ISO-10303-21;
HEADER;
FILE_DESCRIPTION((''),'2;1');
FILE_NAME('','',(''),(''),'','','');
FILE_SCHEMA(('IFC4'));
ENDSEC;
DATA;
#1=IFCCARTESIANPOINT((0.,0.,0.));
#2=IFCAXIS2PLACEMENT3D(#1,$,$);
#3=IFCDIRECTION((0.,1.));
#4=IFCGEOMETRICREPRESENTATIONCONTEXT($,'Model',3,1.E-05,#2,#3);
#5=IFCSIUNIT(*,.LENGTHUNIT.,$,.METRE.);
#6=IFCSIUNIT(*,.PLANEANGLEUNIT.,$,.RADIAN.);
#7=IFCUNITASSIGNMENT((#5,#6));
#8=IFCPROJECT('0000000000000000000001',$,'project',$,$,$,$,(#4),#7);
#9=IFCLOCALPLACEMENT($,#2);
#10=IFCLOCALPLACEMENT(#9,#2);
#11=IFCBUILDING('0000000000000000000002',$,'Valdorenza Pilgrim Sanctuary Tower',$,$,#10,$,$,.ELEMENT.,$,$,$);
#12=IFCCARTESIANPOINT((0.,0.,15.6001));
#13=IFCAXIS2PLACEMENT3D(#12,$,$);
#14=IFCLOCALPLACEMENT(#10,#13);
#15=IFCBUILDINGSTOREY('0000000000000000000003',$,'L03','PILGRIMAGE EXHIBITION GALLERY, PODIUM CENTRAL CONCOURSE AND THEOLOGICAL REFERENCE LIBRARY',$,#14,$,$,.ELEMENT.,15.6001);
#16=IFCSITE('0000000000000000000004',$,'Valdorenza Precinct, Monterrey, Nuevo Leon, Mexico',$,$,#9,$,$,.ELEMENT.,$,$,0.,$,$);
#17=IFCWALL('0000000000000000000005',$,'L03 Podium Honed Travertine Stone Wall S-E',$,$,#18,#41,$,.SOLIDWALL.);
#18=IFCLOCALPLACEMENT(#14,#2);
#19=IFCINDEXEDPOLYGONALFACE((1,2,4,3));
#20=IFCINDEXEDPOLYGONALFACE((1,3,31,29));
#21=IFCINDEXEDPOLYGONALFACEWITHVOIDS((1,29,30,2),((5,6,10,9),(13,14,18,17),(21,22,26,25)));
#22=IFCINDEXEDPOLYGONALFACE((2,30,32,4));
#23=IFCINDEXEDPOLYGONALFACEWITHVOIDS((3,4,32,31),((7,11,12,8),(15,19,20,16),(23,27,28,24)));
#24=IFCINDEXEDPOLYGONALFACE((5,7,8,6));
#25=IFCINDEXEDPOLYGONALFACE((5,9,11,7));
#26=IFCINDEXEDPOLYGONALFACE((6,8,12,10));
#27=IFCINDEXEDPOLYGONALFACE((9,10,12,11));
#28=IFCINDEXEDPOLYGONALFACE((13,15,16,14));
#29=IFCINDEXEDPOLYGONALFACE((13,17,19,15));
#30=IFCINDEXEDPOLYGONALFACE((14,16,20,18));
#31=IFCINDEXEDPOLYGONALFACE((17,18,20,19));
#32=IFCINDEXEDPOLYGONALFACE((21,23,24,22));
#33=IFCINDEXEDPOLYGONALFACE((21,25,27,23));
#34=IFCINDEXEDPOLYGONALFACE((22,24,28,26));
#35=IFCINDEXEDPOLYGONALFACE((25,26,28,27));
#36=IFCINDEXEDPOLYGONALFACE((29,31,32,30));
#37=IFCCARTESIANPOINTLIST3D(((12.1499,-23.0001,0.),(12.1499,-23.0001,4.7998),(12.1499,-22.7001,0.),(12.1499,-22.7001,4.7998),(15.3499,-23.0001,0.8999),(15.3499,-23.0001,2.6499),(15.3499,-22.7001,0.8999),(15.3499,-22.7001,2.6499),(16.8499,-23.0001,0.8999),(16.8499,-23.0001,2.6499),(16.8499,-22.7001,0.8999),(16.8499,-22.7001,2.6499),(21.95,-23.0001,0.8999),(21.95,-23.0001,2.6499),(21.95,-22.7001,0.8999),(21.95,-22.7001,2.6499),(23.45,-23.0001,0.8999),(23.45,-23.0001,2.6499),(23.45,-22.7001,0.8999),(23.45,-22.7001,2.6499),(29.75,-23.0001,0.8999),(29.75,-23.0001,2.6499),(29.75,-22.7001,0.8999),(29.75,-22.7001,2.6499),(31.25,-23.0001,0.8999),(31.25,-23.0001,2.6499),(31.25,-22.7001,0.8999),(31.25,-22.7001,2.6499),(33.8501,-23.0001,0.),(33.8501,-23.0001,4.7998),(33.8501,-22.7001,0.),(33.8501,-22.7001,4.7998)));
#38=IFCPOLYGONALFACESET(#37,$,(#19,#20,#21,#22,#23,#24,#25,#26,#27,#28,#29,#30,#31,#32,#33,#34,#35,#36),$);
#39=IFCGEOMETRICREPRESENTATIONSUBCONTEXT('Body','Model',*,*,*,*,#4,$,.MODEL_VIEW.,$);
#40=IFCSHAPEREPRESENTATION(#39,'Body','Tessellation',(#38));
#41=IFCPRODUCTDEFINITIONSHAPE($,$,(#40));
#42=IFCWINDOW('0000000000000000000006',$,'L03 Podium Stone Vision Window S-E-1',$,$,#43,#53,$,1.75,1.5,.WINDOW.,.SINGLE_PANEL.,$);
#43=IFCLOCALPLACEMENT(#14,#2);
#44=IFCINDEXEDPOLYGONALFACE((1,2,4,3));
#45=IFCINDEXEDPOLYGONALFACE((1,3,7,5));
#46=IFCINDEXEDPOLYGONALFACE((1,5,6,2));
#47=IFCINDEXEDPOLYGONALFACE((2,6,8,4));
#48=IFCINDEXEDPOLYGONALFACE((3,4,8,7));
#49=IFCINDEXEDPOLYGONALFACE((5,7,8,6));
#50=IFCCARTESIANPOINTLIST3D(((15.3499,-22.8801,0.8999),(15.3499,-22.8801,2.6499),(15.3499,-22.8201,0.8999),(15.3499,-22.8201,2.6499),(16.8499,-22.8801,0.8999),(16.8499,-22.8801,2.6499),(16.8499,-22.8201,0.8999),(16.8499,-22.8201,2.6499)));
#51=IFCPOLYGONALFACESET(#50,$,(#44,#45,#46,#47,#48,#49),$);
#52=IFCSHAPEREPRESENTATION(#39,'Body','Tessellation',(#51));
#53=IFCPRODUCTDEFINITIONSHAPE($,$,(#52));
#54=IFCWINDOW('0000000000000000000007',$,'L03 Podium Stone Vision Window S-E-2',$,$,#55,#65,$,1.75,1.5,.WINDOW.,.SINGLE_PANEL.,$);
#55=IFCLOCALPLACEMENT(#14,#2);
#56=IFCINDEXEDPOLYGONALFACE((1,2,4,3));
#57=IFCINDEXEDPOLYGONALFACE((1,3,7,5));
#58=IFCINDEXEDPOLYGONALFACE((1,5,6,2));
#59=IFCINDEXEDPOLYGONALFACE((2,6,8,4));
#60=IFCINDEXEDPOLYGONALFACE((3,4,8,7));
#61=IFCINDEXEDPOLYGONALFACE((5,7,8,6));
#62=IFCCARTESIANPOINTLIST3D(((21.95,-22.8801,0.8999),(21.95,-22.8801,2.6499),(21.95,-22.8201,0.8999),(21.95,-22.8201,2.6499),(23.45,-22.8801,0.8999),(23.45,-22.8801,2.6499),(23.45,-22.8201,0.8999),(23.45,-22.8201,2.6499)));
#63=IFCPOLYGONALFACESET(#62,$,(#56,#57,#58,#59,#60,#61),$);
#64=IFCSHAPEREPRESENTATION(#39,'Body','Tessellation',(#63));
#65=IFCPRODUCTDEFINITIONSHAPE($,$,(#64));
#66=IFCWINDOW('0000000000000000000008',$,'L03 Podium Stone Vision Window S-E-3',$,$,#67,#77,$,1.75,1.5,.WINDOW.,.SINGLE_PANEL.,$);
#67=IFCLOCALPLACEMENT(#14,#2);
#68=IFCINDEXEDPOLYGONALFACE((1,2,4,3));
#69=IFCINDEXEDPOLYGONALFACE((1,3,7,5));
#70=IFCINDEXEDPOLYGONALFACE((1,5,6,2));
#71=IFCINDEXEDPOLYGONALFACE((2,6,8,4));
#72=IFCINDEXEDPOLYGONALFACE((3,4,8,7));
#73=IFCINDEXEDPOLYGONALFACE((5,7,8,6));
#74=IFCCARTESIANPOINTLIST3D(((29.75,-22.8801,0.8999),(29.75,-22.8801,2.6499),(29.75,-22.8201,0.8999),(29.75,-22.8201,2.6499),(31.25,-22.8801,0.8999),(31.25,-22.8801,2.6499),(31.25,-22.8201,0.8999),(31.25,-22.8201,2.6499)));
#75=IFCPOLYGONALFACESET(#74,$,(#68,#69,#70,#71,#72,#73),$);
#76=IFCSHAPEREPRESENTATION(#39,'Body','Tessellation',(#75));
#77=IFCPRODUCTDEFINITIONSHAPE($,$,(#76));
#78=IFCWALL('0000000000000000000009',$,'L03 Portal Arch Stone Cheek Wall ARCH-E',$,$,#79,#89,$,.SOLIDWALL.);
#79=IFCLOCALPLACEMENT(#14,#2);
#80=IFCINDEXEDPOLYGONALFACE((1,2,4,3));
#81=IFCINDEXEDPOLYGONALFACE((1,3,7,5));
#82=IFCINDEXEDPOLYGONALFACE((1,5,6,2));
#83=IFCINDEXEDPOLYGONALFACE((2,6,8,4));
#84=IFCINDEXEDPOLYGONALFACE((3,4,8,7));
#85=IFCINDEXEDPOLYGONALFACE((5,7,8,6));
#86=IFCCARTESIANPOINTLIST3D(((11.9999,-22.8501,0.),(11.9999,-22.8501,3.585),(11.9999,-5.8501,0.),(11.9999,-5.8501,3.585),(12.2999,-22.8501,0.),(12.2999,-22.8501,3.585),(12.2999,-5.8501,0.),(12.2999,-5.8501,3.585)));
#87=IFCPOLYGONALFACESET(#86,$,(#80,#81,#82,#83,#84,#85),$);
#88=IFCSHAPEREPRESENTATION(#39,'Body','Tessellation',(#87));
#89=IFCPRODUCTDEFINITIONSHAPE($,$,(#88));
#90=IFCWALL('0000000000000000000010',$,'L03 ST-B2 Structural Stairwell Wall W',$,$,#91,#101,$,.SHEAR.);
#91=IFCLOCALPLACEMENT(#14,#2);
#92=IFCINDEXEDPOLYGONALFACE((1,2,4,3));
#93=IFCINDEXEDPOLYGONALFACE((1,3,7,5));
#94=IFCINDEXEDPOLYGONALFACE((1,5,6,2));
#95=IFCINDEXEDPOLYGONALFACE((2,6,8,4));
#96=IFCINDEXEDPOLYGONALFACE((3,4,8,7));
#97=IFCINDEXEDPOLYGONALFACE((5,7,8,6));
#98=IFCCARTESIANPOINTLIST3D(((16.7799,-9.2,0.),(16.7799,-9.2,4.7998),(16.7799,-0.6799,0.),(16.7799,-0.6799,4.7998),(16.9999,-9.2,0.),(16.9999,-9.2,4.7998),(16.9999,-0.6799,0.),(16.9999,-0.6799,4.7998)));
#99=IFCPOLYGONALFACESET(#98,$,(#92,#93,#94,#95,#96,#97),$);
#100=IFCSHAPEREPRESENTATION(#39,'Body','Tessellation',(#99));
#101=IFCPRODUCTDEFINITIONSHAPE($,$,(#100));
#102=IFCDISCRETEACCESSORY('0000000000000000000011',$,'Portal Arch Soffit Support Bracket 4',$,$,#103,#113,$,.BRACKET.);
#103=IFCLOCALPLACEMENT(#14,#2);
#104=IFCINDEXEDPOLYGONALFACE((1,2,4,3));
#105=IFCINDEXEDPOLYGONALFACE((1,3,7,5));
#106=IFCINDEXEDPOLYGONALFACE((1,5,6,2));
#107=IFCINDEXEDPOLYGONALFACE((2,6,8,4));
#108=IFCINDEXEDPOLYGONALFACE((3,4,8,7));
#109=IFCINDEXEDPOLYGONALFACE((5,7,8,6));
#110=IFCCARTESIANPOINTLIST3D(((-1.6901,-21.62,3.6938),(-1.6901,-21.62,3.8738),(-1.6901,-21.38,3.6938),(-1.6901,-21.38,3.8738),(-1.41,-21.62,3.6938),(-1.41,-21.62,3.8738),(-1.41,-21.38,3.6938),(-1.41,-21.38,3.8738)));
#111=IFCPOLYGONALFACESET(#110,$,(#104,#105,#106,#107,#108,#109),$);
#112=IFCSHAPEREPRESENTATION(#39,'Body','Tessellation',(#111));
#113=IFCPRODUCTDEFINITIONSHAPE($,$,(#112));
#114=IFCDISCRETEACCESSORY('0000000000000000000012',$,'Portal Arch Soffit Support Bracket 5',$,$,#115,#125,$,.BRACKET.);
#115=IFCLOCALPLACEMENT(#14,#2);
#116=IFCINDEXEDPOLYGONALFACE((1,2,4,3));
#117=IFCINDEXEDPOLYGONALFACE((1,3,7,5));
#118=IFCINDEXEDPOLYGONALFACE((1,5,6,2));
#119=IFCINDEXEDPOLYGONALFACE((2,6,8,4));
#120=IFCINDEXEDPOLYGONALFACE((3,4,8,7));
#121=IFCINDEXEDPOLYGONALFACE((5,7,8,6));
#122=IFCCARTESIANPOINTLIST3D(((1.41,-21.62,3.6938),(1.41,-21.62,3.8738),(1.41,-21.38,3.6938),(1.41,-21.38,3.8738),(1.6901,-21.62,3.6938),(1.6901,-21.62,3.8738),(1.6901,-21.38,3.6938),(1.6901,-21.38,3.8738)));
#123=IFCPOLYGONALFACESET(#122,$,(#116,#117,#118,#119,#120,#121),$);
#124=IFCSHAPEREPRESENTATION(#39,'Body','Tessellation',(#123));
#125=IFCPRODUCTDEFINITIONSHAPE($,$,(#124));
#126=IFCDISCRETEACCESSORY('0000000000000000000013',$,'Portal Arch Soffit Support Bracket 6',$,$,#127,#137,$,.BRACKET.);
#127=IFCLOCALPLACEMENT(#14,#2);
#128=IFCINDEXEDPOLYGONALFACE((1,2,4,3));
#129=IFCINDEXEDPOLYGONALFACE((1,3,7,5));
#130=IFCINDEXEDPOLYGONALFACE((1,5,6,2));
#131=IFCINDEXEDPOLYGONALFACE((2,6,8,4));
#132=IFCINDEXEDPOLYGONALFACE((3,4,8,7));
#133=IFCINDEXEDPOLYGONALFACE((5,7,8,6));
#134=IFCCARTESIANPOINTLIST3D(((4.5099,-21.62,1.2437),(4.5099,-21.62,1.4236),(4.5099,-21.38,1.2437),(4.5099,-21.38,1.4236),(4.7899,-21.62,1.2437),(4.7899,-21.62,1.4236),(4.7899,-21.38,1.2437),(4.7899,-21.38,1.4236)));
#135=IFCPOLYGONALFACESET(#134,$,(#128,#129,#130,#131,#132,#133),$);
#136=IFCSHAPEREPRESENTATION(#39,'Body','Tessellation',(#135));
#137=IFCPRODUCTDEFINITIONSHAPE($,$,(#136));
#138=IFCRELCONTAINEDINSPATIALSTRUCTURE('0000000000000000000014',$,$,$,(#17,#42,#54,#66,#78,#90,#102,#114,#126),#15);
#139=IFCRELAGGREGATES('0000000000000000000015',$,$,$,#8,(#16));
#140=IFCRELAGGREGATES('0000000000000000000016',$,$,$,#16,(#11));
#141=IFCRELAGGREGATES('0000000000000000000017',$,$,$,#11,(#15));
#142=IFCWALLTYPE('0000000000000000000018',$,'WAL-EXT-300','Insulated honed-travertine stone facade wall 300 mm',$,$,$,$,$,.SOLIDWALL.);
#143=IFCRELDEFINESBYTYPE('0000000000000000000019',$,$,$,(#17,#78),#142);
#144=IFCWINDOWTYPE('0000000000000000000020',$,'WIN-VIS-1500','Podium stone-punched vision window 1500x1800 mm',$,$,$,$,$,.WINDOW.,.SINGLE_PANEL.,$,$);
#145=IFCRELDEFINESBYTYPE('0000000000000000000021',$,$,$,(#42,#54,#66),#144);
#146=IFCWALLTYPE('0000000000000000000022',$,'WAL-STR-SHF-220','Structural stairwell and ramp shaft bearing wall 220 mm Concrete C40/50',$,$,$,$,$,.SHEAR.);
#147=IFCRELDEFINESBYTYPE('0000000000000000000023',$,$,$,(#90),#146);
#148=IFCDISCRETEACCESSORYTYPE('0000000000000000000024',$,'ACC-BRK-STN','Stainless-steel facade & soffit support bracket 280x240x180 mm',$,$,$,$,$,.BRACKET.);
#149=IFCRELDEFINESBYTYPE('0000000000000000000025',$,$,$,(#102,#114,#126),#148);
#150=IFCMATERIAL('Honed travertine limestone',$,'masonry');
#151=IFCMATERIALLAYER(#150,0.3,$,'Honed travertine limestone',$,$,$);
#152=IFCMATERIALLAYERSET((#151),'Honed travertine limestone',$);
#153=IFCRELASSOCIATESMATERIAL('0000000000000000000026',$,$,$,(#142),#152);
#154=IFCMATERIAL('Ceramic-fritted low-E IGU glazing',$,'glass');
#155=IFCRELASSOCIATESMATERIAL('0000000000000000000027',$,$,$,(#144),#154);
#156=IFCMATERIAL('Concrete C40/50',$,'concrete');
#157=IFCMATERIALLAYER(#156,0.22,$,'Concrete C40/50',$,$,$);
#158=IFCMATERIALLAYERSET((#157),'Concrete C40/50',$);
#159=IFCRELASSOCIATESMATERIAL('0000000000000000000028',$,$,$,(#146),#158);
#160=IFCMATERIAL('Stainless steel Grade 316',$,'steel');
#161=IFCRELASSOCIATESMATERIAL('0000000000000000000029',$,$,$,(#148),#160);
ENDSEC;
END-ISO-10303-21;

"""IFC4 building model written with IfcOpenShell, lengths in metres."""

from ifc_helpers import new_model, si_unit, direction, frame, frame_2d, origin, origin_2d, place, context, subcontext, project, spatial, rectangle, extrude, source, transform, mapped, material, layer, layer_set, type_object, element, fill, save


model = new_model("IFC4")

# Units and contexts
model_context = context("Model", 3, precision=1e-05, world=origin(), true_north=direction((0.0, 1.0)))
body_context = subcontext(model_context, "Body", "Model", "MODEL_VIEW")
ifc_project = project(units=[si_unit("LENGTHUNIT", "METRE"), si_unit("PLANEANGLEUNIT", "RADIAN")], contexts=[model_context])

# Site, building, storey
site_placement = place(None, origin())
site = spatial("IfcSite", under=ifc_project, at=site_placement, Name="Valdorenza Precinct, Monterrey, Nuevo Leon, Mexico", CompositionType="ELEMENT", RefElevation=0.0)
building_placement = place(site_placement, origin())
building = spatial("IfcBuilding", under=site, at=building_placement, Name="Valdorenza Pilgrim Sanctuary Tower", CompositionType="ELEMENT")
storey_placement = place(building_placement, frame((0.0, 0.0, 15.6001)))
storey = spatial("IfcBuildingStorey", under=building, at=storey_placement, Name="L03", Description="PILGRIMAGE EXHIBITION GALLERY, PODIUM CENTRAL CONCOURSE AND THEOLOGICAL REFERENCE LIBRARY", CompositionType="ELEMENT", Elevation=15.6001)

# Shared definitions
ifc_material_1 = material(Name="Honed travertine limestone", Category="masonry")

# Wall, openings, windows
ifc_layer_1 = layer(ifc_material_1, 0.3, Name="Honed travertine limestone")
ifc_layer_set_1 = layer_set([ifc_layer_1], Name="Honed travertine limestone")
wall_type_1 = type_object("IfcWallType", Name="WAL-EXT-300", Description="Insulated honed-travertine stone facade wall 300 mm", PredefinedType="SOLIDWALL", material=ifc_layer_set_1)
wall_1_placement = place(storey_placement, frame((12.1499, -22.8501, 0.0), z_axis=(0.0, 0.0, 1.0), x_axis=(1.0, 0.0, 0.0)))
wall_1 = element("IfcWall", 1, at=wall_1_placement, inside=storey, type_object=wall_type_1, Name="L03 Podium Honed Travertine Stone Wall S-E", PredefinedType="SOLIDWALL", context=body_context, shape_type="SweptSolid", body=[
    extrude(rectangle(XDim=21.7002, YDim=0.3, at=frame_2d((10.8501, 0.0))), origin(), (0.0, 0.0, 1.0), 4.7998),
])
opening_1_placement = place(wall_1_placement, frame((3.2, 0.0, 0.8999)))
opening_1 = element("IfcOpeningElement", 2, at=opening_1_placement, cuts=wall_1, PredefinedType="OPENING", context=body_context, shape_type="SweptSolid", body=[
    extrude(rectangle(XDim=1.5, YDim=1.75, at=frame_2d((0.75, 0.875))), frame((0.0, 0.165, 0.0), z_axis=(0.0, -1.0, 0.0), x_axis=(1.0, 0.0, 0.0)), (0.0, 0.0, 1.0), 0.3298),
])
opening_2_placement = place(wall_1_placement, frame((9.8, 0.0, 0.8999)))
opening_2 = element("IfcOpeningElement", 3, at=opening_2_placement, cuts=wall_1, PredefinedType="OPENING", context=body_context, shape_type="SweptSolid", body=[
    extrude(rectangle(XDim=1.5, YDim=1.75, at=frame_2d((0.75, 0.875))), frame((0.0, 0.165, 0.0), z_axis=(0.0, -1.0, 0.0), x_axis=(1.0, 0.0, 0.0)), (0.0, 0.0, 1.0), 0.3298),
])
opening_3_placement = place(wall_1_placement, frame((17.6001, 0.0, 0.8999)))
opening_3 = element("IfcOpeningElement", 4, at=opening_3_placement, cuts=wall_1, PredefinedType="OPENING", context=body_context, shape_type="SweptSolid", body=[
    extrude(rectangle(XDim=1.5, YDim=1.75, at=frame_2d((0.75, 0.875))), frame((0.0, 0.165, 0.0), z_axis=(0.0, -1.0, 0.0), x_axis=(1.0, 0.0, 0.0)), (0.0, 0.0, 1.0), 0.3298),
])
ifc_material_2 = material(Name="Ceramic-fritted low-E IGU glazing", Category="glass")
window_type = type_object("IfcWindowType", Name="WIN-VIS-1500", Description="Podium stone-punched vision window 1500x1800 mm", PartitioningType="SINGLE_PANEL", PredefinedType="WINDOW", material=ifc_material_2)
window_1_placement = place(opening_1_placement, origin())
window_1 = element("IfcWindow", 5, at=window_1_placement, inside=storey, type_object=window_type, Name="L03 Podium Stone Vision Window S-E-1", OverallHeight=1.75, OverallWidth=1.5, PartitioningType="SINGLE_PANEL", PredefinedType="WINDOW", context=body_context, shape_type="SweptSolid", body=[
    extrude(rectangle(XDim=1.5, YDim=1.75, at=frame_2d((0.75, 0.875))), frame((0.0, 0.03, 0.0), z_axis=(0.0, -1.0, 0.0), x_axis=(1.0, 0.0, 0.0)), (0.0, 0.0, 1.0), 0.0601),
])
fill(opening_1, window_1)
window_2_placement = place(opening_2_placement, origin())
window_2 = element("IfcWindow", 6, at=window_2_placement, inside=storey, type_object=window_type, Name="L03 Podium Stone Vision Window S-E-2", OverallHeight=1.75, OverallWidth=1.5, PartitioningType="SINGLE_PANEL", PredefinedType="WINDOW", context=body_context, shape_type="SweptSolid", body=[
    extrude(rectangle(XDim=1.5, YDim=1.75, at=frame_2d((0.75, 0.875))), frame((0.0, 0.03, 0.0), z_axis=(0.0, -1.0, 0.0), x_axis=(1.0, 0.0, 0.0)), (0.0, 0.0, 1.0), 0.0601),
])
fill(opening_2, window_2)
window_3_placement = place(opening_3_placement, origin())
window_3 = element("IfcWindow", 7, at=window_3_placement, inside=storey, type_object=window_type, Name="L03 Podium Stone Vision Window S-E-3", OverallHeight=1.75, OverallWidth=1.5, PartitioningType="SINGLE_PANEL", PredefinedType="WINDOW", context=body_context, shape_type="SweptSolid", body=[
    extrude(rectangle(XDim=1.5, YDim=1.75, at=frame_2d((0.75, 0.875))), frame((0.0, 0.03, 0.0), z_axis=(0.0, -1.0, 0.0), x_axis=(1.0, 0.0, 0.0)), (0.0, 0.0, 1.0), 0.0601),
])
fill(opening_3, window_3)

# Walls
wall_2_placement = place(storey_placement, frame((12.1499, -22.8501, 0.0), z_axis=(0.0, 0.0, 1.0), x_axis=(0.0, 1.0, 0.0)))
element("IfcWall", 8, at=wall_2_placement, inside=storey, type_object=wall_type_1, Name="L03 Portal Arch Stone Cheek Wall ARCH-E", PredefinedType="SOLIDWALL", context=body_context, shape_type="SweptSolid", body=[
    extrude(rectangle(XDim=17.0, YDim=0.3, at=frame_2d((8.5, 0.0))), origin(), (0.0, 0.0, 1.0), 3.585),
])
ifc_material_3 = material(Name="Concrete C40/50", Category="concrete")
ifc_layer_2 = layer(ifc_material_3, 0.22, Name="Concrete C40/50")
ifc_layer_set_2 = layer_set([ifc_layer_2], Name="Concrete C40/50")
wall_type_2 = type_object("IfcWallType", Name="WAL-STR-SHF-220", Description="Structural stairwell and ramp shaft bearing wall 220 mm Concrete C40/50", PredefinedType="SHEAR", material=ifc_layer_set_2)
wall_3_placement = place(storey_placement, frame((16.8899, -9.2, 0.0), z_axis=(0.0, 0.0, 1.0), x_axis=(0.0, 1.0, 0.0)))
element("IfcWall", 9, at=wall_3_placement, inside=storey, type_object=wall_type_2, Name="L03 ST-B2 Structural Stairwell Wall W", PredefinedType="SHEAR", context=body_context, shape_type="SweptSolid", body=[
    extrude(rectangle(XDim=8.52, YDim=0.22, at=frame_2d((4.26, 0.0))), origin(), (0.0, 0.0, 1.0), 4.7998),
])

# Discrete accessories
ifc_material_4 = material(Name="Stainless steel Grade 316", Category="steel")
discrete_accessory_type = type_object("IfcDiscreteAccessoryType", Name="ACC-BRK-STN", Description="Stainless-steel facade & soffit support bracket 280x240x180 mm", PredefinedType="BRACKET", material=ifc_material_4)
shared_shape_1 = source(origin(), body_context, "Body", "SweptSolid", [
    extrude(rectangle(XDim=0.28, YDim=0.24, at=origin_2d()), origin(), (0.0, 0.0, 1.0), 0.1799),
])
for number, where, z_axis, x_axis, name in (
    (10, (-1.55, -21.5, 3.6938), (0.0, 0.0, 1.0), (1.0, 0.0, 0.0), "Portal Arch Soffit Support Bracket 4"),
    (11, (1.55, -21.5, 3.6938), (0.0, 0.0, 1.0), (1.0, 0.0, 0.0), "Portal Arch Soffit Support Bracket 5"),
    (12, (4.6499, -21.5, 1.2437), (0.0, 0.0, 1.0), (1.0, 0.0, 0.0), "Portal Arch Soffit Support Bracket 6"),
):
    element("IfcDiscreteAccessory", number, at=place(storey_placement, frame(where, z_axis=z_axis, x_axis=x_axis)), inside=storey, type_object=discrete_accessory_type, Name=name, PredefinedType="BRACKET", context=body_context, shape_type="MappedRepresentation", body=[
        mapped(shared_shape_1, transform((0.0, 0.0, 0.0), x_axis=(1.0, 0.0, 0.0), y_axis=(0.0, 1.0, 0.0), z_axis=(0.0, 0.0, 1.0), scale=1.0)),
    ])

save(model, "model.ifc")
